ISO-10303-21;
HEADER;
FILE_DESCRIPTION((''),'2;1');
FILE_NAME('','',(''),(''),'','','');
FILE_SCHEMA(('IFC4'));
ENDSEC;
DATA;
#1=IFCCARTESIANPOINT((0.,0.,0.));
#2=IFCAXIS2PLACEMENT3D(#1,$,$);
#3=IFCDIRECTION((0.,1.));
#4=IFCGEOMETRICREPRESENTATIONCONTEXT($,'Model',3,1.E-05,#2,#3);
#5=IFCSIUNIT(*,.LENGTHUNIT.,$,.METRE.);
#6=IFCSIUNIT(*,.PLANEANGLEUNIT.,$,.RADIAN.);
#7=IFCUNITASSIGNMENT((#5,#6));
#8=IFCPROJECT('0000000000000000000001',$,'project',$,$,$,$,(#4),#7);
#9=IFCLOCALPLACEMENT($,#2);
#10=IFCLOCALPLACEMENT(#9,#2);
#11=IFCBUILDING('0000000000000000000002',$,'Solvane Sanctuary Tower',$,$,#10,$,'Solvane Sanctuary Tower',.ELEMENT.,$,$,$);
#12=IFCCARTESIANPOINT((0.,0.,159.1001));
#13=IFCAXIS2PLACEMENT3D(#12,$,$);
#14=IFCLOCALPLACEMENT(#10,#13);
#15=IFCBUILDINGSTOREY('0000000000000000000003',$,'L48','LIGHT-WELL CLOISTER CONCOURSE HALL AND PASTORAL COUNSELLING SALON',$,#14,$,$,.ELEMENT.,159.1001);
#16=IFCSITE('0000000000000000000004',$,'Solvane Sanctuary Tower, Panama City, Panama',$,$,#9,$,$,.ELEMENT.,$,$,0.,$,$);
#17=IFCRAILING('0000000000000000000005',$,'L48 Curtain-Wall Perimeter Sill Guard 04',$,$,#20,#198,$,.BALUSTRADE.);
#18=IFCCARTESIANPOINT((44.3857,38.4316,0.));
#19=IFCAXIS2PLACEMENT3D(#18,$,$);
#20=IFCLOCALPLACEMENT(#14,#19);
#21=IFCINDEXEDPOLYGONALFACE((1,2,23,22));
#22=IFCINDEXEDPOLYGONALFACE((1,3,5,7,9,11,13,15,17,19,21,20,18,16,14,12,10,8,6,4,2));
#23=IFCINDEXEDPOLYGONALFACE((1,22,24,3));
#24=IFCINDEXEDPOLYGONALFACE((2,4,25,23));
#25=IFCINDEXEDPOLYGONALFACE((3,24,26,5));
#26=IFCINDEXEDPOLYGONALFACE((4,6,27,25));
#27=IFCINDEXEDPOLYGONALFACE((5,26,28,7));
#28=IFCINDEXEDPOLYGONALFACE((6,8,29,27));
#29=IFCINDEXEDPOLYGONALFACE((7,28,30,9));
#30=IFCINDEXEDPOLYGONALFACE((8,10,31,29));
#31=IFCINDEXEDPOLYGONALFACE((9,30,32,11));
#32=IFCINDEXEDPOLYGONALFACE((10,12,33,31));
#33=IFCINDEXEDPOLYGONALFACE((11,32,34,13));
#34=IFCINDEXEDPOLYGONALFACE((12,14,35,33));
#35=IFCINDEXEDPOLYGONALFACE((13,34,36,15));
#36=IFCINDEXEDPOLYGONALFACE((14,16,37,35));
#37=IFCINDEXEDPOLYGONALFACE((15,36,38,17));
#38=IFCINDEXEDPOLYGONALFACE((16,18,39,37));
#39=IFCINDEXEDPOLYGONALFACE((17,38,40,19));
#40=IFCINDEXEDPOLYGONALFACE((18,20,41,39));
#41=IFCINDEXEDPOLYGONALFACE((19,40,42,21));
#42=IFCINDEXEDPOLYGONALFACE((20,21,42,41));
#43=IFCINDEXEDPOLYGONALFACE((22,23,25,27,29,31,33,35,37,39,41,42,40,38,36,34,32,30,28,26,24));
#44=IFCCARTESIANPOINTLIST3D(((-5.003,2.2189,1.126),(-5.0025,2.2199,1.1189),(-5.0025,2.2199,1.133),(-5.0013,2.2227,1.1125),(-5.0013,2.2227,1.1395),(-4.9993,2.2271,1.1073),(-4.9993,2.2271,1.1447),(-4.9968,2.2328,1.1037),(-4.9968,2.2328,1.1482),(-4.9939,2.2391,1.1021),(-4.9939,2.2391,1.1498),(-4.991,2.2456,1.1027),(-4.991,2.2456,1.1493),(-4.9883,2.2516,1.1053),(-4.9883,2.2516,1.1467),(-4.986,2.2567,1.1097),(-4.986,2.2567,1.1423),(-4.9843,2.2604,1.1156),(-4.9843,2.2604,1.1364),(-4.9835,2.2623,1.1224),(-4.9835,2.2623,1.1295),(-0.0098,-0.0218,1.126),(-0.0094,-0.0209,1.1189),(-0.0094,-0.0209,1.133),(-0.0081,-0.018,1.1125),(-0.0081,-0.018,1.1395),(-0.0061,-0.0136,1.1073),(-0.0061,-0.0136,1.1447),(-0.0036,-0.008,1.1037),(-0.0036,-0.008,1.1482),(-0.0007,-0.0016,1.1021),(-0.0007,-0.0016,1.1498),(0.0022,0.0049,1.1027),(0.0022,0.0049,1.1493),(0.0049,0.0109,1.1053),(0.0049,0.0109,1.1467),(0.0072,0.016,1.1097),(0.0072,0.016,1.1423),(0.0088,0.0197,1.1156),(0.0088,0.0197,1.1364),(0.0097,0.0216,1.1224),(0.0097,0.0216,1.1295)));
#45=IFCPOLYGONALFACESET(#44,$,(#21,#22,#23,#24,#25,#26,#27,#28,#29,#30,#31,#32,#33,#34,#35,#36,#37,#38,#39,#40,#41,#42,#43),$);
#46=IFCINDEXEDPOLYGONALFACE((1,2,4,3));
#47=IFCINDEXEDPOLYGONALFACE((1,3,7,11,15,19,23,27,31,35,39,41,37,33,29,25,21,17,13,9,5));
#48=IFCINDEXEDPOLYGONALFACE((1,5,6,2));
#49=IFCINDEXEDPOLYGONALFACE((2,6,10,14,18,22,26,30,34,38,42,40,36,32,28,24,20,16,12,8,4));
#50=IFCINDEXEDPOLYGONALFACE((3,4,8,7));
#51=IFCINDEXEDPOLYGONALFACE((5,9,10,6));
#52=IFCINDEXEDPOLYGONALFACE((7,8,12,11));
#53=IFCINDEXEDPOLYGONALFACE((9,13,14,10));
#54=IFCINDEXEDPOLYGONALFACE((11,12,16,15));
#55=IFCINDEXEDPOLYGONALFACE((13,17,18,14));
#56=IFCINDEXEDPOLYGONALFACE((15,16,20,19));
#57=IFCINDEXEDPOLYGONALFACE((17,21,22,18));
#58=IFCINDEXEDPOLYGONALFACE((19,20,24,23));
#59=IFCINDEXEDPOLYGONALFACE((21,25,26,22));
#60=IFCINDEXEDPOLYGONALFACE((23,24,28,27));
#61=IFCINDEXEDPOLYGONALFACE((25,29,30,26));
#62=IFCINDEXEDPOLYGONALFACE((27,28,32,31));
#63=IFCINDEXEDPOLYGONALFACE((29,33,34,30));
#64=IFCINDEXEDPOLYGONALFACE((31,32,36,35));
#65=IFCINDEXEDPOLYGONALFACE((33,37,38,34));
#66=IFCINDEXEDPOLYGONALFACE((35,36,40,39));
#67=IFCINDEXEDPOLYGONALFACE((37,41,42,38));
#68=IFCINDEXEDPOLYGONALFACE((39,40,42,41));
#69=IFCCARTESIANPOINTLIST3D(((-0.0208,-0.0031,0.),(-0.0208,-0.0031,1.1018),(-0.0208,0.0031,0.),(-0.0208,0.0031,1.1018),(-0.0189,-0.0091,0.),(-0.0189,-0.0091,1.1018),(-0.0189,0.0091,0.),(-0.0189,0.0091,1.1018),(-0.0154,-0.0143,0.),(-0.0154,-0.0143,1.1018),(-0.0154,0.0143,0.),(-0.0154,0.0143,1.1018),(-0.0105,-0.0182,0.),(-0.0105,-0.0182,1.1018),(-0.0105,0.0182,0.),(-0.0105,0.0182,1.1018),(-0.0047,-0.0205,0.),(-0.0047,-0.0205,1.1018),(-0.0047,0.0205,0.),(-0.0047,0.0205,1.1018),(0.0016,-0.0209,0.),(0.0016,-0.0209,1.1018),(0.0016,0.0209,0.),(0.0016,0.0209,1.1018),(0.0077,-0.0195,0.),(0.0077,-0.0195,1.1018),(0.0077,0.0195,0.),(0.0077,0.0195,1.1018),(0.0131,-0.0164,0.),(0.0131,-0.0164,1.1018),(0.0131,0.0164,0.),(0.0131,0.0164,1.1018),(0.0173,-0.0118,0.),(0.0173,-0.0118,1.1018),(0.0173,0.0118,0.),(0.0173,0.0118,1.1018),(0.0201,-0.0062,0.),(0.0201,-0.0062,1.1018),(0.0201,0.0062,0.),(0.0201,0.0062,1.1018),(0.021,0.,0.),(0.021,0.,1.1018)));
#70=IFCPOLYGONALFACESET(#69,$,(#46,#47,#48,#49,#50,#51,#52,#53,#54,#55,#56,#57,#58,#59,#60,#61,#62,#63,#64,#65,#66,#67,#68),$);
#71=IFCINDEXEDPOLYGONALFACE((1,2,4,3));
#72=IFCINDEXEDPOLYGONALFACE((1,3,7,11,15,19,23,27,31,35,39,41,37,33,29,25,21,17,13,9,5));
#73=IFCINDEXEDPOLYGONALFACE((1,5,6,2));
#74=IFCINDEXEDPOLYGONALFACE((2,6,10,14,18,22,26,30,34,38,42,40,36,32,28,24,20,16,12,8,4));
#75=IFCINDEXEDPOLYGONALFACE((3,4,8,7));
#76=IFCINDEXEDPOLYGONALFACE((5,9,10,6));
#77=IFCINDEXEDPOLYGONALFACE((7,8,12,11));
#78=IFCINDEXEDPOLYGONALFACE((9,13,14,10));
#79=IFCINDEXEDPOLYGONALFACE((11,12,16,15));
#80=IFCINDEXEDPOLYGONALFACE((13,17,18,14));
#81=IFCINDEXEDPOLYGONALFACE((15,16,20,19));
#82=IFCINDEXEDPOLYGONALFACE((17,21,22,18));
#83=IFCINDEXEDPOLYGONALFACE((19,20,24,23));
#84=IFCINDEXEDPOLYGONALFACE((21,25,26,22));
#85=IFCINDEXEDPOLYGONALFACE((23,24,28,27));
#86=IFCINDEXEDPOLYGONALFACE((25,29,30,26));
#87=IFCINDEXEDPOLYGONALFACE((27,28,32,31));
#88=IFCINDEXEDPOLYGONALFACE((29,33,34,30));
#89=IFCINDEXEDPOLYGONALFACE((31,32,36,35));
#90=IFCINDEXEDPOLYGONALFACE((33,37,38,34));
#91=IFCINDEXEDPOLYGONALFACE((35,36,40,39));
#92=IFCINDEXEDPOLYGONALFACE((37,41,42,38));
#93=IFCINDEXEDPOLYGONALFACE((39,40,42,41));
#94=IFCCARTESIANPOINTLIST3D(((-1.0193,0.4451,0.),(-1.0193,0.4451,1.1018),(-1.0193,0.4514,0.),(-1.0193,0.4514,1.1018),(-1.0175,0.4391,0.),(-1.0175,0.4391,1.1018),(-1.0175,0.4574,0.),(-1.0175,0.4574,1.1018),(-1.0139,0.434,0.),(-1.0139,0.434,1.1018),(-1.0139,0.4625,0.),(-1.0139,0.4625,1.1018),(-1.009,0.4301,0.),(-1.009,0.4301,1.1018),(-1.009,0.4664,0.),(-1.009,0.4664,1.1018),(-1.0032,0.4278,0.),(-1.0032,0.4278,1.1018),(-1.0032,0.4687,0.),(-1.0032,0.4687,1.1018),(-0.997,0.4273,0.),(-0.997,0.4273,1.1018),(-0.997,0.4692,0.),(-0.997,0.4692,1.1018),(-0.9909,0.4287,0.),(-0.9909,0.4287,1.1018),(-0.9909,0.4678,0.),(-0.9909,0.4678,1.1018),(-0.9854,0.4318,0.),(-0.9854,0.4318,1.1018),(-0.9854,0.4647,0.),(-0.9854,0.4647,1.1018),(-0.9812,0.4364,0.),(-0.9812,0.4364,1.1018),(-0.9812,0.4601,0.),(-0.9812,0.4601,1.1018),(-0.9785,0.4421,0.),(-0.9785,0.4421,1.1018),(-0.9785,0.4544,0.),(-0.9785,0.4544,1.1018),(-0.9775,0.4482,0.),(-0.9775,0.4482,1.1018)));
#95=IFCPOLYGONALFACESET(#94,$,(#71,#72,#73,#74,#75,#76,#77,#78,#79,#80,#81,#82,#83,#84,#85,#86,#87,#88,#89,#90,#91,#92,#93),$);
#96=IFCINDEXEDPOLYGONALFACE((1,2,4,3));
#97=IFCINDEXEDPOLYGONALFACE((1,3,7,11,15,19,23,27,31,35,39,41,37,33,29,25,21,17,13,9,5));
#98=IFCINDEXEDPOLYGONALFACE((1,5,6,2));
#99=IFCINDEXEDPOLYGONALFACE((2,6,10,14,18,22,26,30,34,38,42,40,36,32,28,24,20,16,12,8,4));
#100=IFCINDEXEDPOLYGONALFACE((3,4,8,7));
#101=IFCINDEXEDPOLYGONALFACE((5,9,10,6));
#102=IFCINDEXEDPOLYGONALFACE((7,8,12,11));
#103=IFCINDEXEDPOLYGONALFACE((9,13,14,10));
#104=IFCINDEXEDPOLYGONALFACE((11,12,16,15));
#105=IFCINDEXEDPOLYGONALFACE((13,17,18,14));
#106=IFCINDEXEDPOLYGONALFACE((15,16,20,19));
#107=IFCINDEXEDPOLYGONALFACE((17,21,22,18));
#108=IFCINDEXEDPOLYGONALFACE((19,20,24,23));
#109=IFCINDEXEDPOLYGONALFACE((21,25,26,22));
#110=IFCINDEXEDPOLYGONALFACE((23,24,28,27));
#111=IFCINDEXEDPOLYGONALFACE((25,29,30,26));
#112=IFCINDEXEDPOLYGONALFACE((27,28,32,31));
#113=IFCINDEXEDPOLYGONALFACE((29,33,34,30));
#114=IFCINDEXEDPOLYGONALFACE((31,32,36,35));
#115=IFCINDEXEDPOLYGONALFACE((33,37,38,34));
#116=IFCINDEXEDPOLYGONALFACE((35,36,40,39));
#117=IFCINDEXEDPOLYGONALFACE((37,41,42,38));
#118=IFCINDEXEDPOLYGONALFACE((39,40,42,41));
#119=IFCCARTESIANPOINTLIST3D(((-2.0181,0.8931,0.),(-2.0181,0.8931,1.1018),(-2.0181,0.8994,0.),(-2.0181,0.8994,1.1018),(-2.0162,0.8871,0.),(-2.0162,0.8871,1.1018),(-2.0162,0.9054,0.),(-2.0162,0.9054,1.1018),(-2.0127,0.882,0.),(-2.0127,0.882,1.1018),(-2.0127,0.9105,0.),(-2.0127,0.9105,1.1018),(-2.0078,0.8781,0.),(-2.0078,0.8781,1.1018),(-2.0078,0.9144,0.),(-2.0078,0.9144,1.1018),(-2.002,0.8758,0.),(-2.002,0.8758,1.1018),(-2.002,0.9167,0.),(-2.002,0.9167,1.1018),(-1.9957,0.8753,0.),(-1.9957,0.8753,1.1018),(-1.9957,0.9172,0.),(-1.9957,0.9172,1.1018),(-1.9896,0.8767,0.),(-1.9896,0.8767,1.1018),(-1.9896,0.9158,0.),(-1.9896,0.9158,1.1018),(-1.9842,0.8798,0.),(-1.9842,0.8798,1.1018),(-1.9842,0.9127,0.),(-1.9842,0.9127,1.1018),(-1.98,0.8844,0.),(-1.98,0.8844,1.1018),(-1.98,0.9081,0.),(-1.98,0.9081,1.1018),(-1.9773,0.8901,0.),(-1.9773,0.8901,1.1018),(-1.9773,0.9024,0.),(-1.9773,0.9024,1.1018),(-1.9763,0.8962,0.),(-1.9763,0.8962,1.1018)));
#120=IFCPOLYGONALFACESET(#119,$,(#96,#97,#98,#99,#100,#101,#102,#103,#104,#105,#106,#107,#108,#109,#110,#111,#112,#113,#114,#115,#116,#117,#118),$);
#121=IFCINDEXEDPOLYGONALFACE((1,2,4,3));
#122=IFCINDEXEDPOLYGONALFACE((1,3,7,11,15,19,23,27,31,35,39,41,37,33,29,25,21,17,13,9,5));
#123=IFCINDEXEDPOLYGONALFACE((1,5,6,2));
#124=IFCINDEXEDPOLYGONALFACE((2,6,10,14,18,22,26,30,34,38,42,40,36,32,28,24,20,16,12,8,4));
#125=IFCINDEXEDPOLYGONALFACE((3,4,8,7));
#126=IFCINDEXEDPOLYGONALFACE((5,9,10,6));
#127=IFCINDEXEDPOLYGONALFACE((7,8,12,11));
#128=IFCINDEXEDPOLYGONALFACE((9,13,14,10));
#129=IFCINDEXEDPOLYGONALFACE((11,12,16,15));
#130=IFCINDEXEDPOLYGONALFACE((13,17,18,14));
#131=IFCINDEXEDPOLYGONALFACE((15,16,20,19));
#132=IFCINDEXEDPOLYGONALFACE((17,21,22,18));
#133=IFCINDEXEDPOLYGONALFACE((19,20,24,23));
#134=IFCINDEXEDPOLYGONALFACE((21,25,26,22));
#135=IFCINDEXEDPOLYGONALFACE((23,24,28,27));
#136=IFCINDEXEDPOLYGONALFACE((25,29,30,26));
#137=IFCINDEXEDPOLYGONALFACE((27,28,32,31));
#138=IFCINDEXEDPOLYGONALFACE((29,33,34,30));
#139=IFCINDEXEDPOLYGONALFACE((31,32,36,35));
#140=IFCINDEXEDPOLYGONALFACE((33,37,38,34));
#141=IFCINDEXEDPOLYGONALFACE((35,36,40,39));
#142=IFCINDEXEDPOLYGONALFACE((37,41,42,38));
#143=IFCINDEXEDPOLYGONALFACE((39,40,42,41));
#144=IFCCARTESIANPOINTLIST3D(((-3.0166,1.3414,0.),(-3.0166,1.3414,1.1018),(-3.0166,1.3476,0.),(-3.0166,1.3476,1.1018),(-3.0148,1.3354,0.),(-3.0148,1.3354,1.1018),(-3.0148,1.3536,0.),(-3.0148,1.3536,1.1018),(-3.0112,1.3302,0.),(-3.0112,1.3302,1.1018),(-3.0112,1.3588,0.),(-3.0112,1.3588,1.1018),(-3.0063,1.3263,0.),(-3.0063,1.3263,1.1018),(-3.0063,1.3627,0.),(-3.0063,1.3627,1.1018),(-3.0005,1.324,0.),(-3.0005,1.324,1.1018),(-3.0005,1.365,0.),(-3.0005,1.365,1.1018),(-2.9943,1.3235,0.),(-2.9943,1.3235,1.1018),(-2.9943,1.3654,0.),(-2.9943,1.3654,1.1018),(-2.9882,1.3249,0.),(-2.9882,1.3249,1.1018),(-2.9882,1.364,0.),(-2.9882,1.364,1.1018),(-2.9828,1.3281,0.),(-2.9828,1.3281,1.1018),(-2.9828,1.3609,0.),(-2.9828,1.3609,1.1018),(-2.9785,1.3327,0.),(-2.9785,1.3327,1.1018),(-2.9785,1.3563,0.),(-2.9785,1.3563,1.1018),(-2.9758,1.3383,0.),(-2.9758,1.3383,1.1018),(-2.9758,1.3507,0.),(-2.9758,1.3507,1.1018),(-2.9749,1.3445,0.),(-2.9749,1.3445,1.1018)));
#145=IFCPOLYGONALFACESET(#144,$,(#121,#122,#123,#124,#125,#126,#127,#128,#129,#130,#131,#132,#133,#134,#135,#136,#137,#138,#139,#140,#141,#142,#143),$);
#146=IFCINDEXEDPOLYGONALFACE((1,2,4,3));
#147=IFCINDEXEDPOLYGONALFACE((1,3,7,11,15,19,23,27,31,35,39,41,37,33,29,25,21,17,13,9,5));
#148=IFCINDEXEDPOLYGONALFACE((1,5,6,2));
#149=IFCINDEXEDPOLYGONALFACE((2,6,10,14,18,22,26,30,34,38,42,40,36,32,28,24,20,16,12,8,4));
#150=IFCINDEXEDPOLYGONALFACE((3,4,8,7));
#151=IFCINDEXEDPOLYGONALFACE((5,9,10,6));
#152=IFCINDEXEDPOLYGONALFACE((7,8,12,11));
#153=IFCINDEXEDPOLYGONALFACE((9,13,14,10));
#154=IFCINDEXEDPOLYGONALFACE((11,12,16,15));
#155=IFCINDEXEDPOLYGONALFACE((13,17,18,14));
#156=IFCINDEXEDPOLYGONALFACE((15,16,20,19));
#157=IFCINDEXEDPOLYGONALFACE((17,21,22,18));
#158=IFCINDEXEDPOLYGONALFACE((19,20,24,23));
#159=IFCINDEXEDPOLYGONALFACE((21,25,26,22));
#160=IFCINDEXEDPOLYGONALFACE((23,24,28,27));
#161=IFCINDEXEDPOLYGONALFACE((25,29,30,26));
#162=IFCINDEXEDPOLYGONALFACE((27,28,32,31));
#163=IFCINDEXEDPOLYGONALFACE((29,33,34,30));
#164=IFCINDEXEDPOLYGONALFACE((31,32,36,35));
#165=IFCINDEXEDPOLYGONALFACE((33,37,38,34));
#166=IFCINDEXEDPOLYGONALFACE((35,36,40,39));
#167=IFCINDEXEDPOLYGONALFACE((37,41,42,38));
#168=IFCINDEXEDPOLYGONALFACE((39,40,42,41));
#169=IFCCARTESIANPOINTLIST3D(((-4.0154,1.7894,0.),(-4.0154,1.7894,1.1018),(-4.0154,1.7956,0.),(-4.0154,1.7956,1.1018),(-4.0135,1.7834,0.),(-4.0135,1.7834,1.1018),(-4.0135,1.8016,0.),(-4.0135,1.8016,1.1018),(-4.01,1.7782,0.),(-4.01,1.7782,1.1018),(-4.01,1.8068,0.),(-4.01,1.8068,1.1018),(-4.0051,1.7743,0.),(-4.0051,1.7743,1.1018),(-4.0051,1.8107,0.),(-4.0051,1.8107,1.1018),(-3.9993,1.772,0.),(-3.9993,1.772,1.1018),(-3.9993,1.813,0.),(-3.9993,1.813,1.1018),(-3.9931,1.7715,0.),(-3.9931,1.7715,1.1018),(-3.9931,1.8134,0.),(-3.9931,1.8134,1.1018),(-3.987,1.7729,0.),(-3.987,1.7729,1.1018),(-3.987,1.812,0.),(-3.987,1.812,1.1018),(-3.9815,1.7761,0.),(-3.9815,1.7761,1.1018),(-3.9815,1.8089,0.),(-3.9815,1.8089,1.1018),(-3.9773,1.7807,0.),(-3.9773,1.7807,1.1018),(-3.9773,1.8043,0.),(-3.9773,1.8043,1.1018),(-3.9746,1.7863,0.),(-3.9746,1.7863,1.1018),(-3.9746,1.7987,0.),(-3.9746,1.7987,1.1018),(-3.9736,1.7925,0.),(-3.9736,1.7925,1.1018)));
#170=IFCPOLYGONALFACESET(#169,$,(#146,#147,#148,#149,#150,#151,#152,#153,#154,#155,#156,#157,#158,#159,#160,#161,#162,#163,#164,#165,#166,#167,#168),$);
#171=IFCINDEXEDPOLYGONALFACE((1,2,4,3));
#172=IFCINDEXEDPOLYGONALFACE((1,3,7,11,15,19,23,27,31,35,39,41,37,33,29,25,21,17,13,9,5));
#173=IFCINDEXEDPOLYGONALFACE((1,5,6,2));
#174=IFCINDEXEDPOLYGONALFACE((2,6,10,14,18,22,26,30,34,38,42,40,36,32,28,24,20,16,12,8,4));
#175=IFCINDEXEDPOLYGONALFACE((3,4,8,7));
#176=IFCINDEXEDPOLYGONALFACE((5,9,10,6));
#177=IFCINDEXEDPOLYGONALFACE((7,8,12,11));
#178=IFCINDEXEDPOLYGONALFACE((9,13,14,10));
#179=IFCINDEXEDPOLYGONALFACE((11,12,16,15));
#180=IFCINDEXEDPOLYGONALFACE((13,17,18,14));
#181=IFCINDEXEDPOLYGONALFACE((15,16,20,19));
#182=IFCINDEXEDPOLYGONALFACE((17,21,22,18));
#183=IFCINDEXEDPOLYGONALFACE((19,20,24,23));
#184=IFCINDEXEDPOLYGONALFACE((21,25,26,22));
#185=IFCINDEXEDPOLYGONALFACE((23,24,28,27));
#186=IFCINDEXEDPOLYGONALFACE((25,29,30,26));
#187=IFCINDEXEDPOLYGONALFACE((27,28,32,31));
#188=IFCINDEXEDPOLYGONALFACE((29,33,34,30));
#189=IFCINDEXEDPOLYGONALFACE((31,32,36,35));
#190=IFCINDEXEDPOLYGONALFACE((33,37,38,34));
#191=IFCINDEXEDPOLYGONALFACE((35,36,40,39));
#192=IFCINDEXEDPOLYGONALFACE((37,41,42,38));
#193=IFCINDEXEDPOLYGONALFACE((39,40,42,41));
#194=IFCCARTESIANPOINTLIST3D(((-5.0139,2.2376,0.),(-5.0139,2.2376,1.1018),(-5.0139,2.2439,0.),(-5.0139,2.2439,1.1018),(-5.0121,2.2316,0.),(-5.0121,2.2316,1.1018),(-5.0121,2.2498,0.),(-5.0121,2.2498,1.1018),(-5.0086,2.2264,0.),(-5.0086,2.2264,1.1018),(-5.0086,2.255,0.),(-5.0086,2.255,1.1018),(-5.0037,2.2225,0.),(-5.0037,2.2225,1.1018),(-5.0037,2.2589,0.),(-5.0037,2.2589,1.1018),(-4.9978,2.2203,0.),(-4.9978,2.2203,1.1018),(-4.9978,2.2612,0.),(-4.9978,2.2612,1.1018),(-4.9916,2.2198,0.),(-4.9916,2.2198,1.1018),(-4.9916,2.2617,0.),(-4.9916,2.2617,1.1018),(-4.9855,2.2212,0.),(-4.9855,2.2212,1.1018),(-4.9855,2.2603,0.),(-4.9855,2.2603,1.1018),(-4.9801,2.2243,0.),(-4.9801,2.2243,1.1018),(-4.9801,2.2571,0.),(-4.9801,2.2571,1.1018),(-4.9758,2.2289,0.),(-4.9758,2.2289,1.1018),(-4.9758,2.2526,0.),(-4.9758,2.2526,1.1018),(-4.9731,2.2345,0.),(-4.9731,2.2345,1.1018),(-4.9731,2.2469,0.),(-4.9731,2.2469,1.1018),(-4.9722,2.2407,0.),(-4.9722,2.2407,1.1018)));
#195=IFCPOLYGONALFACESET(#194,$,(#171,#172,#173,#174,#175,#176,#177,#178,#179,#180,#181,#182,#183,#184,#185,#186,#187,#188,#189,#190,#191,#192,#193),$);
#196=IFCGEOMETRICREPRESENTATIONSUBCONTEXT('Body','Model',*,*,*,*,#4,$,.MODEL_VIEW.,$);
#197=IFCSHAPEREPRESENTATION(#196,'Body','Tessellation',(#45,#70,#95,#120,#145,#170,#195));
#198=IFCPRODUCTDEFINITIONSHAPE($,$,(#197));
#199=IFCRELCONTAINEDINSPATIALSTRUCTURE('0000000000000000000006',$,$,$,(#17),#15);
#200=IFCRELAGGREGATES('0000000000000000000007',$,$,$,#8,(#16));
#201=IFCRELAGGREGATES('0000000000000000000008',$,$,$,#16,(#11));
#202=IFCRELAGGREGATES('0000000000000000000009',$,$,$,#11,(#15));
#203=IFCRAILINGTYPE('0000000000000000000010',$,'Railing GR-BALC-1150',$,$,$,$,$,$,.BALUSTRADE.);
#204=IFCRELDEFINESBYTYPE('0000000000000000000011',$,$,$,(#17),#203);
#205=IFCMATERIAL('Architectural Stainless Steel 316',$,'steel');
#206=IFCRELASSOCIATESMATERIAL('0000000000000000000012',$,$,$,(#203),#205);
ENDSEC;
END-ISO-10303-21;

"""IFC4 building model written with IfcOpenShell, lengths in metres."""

from ifc_helpers import new_model, si_unit, direction, frame, origin, origin_2d, place, context, subcontext, project, spatial, circle, extrude, material, type_object, element, save


model = new_model("IFC4")

# Units and contexts
model_context = context("Model", 3, precision=1e-05, world=origin(), true_north=direction((0.0, 1.0)))
body_context = subcontext(model_context, "Body", "Model", "MODEL_VIEW")
ifc_project = project(units=[si_unit("LENGTHUNIT", "METRE"), si_unit("PLANEANGLEUNIT", "RADIAN")], contexts=[model_context])

# Site, building, storey
site_placement = place(None, origin())
site = spatial("IfcSite", under=ifc_project, at=site_placement, Name="Solvane Sanctuary Tower, Panama City, Panama", CompositionType="ELEMENT", RefElevation=0.0)
building_placement = place(site_placement, origin())
building = spatial("IfcBuilding", under=site, at=building_placement, Name="Solvane Sanctuary Tower", LongName="Solvane Sanctuary Tower", CompositionType="ELEMENT")
storey_placement = place(building_placement, frame((0.0, 0.0, 159.1001)))
storey = spatial("IfcBuildingStorey", under=building, at=storey_placement, Name="L48", Description="LIGHT-WELL CLOISTER CONCOURSE HALL AND PASTORAL COUNSELLING SALON", CompositionType="ELEMENT", Elevation=159.1001)

# Shared definitions
ifc_material_1 = material(Name="Architectural Stainless Steel 316", Category="steel")

# Railing
railing_type = type_object("IfcRailingType", Name="Railing GR-BALC-1150", PredefinedType="BALUSTRADE", material=ifc_material_1)
railing_placement = place(storey_placement, frame((44.3857, 38.4316, 0.0)))
element("IfcRailing", 1, at=railing_placement, inside=storey, type_object=railing_type, Name="L48 Curtain-Wall Perimeter Sill Guard 04", PredefinedType="BALUSTRADE", context=body_context, shape_type="SweptSolid", body=[
    extrude(circle(Radius=0.0239, at=origin_2d()), frame((0.0, 0.0, 1.126), z_axis=(-0.912345, 0.409422, 0.0), x_axis=(-0.409422, -0.912345, 0.0)), (0.0, 0.0, 1.0), 5.4729),
    extrude(circle(Radius=0.021, at=origin_2d()), origin(), (0.0, 0.0, 1.0), 1.1018),
    extrude(circle(Radius=0.021, at=origin_2d()), frame((-0.9985, 0.4482, 0.0)), (0.0, 0.0, 1.0), 1.1018),
    extrude(circle(Radius=0.021, at=origin_2d()), frame((-1.9973, 0.8962, 0.0)), (0.0, 0.0, 1.0), 1.1018),
    extrude(circle(Radius=0.021, at=origin_2d()), frame((-2.9958, 1.3445, 0.0)), (0.0, 0.0, 1.0), 1.1018),
    extrude(circle(Radius=0.021, at=origin_2d()), frame((-3.9946, 1.7925, 0.0)), (0.0, 0.0, 1.0), 1.1018),
    extrude(circle(Radius=0.021, at=origin_2d()), frame((-4.9932, 2.2407, 0.0)), (0.0, 0.0, 1.0), 1.1018),
])

save(model, "model.ifc")
